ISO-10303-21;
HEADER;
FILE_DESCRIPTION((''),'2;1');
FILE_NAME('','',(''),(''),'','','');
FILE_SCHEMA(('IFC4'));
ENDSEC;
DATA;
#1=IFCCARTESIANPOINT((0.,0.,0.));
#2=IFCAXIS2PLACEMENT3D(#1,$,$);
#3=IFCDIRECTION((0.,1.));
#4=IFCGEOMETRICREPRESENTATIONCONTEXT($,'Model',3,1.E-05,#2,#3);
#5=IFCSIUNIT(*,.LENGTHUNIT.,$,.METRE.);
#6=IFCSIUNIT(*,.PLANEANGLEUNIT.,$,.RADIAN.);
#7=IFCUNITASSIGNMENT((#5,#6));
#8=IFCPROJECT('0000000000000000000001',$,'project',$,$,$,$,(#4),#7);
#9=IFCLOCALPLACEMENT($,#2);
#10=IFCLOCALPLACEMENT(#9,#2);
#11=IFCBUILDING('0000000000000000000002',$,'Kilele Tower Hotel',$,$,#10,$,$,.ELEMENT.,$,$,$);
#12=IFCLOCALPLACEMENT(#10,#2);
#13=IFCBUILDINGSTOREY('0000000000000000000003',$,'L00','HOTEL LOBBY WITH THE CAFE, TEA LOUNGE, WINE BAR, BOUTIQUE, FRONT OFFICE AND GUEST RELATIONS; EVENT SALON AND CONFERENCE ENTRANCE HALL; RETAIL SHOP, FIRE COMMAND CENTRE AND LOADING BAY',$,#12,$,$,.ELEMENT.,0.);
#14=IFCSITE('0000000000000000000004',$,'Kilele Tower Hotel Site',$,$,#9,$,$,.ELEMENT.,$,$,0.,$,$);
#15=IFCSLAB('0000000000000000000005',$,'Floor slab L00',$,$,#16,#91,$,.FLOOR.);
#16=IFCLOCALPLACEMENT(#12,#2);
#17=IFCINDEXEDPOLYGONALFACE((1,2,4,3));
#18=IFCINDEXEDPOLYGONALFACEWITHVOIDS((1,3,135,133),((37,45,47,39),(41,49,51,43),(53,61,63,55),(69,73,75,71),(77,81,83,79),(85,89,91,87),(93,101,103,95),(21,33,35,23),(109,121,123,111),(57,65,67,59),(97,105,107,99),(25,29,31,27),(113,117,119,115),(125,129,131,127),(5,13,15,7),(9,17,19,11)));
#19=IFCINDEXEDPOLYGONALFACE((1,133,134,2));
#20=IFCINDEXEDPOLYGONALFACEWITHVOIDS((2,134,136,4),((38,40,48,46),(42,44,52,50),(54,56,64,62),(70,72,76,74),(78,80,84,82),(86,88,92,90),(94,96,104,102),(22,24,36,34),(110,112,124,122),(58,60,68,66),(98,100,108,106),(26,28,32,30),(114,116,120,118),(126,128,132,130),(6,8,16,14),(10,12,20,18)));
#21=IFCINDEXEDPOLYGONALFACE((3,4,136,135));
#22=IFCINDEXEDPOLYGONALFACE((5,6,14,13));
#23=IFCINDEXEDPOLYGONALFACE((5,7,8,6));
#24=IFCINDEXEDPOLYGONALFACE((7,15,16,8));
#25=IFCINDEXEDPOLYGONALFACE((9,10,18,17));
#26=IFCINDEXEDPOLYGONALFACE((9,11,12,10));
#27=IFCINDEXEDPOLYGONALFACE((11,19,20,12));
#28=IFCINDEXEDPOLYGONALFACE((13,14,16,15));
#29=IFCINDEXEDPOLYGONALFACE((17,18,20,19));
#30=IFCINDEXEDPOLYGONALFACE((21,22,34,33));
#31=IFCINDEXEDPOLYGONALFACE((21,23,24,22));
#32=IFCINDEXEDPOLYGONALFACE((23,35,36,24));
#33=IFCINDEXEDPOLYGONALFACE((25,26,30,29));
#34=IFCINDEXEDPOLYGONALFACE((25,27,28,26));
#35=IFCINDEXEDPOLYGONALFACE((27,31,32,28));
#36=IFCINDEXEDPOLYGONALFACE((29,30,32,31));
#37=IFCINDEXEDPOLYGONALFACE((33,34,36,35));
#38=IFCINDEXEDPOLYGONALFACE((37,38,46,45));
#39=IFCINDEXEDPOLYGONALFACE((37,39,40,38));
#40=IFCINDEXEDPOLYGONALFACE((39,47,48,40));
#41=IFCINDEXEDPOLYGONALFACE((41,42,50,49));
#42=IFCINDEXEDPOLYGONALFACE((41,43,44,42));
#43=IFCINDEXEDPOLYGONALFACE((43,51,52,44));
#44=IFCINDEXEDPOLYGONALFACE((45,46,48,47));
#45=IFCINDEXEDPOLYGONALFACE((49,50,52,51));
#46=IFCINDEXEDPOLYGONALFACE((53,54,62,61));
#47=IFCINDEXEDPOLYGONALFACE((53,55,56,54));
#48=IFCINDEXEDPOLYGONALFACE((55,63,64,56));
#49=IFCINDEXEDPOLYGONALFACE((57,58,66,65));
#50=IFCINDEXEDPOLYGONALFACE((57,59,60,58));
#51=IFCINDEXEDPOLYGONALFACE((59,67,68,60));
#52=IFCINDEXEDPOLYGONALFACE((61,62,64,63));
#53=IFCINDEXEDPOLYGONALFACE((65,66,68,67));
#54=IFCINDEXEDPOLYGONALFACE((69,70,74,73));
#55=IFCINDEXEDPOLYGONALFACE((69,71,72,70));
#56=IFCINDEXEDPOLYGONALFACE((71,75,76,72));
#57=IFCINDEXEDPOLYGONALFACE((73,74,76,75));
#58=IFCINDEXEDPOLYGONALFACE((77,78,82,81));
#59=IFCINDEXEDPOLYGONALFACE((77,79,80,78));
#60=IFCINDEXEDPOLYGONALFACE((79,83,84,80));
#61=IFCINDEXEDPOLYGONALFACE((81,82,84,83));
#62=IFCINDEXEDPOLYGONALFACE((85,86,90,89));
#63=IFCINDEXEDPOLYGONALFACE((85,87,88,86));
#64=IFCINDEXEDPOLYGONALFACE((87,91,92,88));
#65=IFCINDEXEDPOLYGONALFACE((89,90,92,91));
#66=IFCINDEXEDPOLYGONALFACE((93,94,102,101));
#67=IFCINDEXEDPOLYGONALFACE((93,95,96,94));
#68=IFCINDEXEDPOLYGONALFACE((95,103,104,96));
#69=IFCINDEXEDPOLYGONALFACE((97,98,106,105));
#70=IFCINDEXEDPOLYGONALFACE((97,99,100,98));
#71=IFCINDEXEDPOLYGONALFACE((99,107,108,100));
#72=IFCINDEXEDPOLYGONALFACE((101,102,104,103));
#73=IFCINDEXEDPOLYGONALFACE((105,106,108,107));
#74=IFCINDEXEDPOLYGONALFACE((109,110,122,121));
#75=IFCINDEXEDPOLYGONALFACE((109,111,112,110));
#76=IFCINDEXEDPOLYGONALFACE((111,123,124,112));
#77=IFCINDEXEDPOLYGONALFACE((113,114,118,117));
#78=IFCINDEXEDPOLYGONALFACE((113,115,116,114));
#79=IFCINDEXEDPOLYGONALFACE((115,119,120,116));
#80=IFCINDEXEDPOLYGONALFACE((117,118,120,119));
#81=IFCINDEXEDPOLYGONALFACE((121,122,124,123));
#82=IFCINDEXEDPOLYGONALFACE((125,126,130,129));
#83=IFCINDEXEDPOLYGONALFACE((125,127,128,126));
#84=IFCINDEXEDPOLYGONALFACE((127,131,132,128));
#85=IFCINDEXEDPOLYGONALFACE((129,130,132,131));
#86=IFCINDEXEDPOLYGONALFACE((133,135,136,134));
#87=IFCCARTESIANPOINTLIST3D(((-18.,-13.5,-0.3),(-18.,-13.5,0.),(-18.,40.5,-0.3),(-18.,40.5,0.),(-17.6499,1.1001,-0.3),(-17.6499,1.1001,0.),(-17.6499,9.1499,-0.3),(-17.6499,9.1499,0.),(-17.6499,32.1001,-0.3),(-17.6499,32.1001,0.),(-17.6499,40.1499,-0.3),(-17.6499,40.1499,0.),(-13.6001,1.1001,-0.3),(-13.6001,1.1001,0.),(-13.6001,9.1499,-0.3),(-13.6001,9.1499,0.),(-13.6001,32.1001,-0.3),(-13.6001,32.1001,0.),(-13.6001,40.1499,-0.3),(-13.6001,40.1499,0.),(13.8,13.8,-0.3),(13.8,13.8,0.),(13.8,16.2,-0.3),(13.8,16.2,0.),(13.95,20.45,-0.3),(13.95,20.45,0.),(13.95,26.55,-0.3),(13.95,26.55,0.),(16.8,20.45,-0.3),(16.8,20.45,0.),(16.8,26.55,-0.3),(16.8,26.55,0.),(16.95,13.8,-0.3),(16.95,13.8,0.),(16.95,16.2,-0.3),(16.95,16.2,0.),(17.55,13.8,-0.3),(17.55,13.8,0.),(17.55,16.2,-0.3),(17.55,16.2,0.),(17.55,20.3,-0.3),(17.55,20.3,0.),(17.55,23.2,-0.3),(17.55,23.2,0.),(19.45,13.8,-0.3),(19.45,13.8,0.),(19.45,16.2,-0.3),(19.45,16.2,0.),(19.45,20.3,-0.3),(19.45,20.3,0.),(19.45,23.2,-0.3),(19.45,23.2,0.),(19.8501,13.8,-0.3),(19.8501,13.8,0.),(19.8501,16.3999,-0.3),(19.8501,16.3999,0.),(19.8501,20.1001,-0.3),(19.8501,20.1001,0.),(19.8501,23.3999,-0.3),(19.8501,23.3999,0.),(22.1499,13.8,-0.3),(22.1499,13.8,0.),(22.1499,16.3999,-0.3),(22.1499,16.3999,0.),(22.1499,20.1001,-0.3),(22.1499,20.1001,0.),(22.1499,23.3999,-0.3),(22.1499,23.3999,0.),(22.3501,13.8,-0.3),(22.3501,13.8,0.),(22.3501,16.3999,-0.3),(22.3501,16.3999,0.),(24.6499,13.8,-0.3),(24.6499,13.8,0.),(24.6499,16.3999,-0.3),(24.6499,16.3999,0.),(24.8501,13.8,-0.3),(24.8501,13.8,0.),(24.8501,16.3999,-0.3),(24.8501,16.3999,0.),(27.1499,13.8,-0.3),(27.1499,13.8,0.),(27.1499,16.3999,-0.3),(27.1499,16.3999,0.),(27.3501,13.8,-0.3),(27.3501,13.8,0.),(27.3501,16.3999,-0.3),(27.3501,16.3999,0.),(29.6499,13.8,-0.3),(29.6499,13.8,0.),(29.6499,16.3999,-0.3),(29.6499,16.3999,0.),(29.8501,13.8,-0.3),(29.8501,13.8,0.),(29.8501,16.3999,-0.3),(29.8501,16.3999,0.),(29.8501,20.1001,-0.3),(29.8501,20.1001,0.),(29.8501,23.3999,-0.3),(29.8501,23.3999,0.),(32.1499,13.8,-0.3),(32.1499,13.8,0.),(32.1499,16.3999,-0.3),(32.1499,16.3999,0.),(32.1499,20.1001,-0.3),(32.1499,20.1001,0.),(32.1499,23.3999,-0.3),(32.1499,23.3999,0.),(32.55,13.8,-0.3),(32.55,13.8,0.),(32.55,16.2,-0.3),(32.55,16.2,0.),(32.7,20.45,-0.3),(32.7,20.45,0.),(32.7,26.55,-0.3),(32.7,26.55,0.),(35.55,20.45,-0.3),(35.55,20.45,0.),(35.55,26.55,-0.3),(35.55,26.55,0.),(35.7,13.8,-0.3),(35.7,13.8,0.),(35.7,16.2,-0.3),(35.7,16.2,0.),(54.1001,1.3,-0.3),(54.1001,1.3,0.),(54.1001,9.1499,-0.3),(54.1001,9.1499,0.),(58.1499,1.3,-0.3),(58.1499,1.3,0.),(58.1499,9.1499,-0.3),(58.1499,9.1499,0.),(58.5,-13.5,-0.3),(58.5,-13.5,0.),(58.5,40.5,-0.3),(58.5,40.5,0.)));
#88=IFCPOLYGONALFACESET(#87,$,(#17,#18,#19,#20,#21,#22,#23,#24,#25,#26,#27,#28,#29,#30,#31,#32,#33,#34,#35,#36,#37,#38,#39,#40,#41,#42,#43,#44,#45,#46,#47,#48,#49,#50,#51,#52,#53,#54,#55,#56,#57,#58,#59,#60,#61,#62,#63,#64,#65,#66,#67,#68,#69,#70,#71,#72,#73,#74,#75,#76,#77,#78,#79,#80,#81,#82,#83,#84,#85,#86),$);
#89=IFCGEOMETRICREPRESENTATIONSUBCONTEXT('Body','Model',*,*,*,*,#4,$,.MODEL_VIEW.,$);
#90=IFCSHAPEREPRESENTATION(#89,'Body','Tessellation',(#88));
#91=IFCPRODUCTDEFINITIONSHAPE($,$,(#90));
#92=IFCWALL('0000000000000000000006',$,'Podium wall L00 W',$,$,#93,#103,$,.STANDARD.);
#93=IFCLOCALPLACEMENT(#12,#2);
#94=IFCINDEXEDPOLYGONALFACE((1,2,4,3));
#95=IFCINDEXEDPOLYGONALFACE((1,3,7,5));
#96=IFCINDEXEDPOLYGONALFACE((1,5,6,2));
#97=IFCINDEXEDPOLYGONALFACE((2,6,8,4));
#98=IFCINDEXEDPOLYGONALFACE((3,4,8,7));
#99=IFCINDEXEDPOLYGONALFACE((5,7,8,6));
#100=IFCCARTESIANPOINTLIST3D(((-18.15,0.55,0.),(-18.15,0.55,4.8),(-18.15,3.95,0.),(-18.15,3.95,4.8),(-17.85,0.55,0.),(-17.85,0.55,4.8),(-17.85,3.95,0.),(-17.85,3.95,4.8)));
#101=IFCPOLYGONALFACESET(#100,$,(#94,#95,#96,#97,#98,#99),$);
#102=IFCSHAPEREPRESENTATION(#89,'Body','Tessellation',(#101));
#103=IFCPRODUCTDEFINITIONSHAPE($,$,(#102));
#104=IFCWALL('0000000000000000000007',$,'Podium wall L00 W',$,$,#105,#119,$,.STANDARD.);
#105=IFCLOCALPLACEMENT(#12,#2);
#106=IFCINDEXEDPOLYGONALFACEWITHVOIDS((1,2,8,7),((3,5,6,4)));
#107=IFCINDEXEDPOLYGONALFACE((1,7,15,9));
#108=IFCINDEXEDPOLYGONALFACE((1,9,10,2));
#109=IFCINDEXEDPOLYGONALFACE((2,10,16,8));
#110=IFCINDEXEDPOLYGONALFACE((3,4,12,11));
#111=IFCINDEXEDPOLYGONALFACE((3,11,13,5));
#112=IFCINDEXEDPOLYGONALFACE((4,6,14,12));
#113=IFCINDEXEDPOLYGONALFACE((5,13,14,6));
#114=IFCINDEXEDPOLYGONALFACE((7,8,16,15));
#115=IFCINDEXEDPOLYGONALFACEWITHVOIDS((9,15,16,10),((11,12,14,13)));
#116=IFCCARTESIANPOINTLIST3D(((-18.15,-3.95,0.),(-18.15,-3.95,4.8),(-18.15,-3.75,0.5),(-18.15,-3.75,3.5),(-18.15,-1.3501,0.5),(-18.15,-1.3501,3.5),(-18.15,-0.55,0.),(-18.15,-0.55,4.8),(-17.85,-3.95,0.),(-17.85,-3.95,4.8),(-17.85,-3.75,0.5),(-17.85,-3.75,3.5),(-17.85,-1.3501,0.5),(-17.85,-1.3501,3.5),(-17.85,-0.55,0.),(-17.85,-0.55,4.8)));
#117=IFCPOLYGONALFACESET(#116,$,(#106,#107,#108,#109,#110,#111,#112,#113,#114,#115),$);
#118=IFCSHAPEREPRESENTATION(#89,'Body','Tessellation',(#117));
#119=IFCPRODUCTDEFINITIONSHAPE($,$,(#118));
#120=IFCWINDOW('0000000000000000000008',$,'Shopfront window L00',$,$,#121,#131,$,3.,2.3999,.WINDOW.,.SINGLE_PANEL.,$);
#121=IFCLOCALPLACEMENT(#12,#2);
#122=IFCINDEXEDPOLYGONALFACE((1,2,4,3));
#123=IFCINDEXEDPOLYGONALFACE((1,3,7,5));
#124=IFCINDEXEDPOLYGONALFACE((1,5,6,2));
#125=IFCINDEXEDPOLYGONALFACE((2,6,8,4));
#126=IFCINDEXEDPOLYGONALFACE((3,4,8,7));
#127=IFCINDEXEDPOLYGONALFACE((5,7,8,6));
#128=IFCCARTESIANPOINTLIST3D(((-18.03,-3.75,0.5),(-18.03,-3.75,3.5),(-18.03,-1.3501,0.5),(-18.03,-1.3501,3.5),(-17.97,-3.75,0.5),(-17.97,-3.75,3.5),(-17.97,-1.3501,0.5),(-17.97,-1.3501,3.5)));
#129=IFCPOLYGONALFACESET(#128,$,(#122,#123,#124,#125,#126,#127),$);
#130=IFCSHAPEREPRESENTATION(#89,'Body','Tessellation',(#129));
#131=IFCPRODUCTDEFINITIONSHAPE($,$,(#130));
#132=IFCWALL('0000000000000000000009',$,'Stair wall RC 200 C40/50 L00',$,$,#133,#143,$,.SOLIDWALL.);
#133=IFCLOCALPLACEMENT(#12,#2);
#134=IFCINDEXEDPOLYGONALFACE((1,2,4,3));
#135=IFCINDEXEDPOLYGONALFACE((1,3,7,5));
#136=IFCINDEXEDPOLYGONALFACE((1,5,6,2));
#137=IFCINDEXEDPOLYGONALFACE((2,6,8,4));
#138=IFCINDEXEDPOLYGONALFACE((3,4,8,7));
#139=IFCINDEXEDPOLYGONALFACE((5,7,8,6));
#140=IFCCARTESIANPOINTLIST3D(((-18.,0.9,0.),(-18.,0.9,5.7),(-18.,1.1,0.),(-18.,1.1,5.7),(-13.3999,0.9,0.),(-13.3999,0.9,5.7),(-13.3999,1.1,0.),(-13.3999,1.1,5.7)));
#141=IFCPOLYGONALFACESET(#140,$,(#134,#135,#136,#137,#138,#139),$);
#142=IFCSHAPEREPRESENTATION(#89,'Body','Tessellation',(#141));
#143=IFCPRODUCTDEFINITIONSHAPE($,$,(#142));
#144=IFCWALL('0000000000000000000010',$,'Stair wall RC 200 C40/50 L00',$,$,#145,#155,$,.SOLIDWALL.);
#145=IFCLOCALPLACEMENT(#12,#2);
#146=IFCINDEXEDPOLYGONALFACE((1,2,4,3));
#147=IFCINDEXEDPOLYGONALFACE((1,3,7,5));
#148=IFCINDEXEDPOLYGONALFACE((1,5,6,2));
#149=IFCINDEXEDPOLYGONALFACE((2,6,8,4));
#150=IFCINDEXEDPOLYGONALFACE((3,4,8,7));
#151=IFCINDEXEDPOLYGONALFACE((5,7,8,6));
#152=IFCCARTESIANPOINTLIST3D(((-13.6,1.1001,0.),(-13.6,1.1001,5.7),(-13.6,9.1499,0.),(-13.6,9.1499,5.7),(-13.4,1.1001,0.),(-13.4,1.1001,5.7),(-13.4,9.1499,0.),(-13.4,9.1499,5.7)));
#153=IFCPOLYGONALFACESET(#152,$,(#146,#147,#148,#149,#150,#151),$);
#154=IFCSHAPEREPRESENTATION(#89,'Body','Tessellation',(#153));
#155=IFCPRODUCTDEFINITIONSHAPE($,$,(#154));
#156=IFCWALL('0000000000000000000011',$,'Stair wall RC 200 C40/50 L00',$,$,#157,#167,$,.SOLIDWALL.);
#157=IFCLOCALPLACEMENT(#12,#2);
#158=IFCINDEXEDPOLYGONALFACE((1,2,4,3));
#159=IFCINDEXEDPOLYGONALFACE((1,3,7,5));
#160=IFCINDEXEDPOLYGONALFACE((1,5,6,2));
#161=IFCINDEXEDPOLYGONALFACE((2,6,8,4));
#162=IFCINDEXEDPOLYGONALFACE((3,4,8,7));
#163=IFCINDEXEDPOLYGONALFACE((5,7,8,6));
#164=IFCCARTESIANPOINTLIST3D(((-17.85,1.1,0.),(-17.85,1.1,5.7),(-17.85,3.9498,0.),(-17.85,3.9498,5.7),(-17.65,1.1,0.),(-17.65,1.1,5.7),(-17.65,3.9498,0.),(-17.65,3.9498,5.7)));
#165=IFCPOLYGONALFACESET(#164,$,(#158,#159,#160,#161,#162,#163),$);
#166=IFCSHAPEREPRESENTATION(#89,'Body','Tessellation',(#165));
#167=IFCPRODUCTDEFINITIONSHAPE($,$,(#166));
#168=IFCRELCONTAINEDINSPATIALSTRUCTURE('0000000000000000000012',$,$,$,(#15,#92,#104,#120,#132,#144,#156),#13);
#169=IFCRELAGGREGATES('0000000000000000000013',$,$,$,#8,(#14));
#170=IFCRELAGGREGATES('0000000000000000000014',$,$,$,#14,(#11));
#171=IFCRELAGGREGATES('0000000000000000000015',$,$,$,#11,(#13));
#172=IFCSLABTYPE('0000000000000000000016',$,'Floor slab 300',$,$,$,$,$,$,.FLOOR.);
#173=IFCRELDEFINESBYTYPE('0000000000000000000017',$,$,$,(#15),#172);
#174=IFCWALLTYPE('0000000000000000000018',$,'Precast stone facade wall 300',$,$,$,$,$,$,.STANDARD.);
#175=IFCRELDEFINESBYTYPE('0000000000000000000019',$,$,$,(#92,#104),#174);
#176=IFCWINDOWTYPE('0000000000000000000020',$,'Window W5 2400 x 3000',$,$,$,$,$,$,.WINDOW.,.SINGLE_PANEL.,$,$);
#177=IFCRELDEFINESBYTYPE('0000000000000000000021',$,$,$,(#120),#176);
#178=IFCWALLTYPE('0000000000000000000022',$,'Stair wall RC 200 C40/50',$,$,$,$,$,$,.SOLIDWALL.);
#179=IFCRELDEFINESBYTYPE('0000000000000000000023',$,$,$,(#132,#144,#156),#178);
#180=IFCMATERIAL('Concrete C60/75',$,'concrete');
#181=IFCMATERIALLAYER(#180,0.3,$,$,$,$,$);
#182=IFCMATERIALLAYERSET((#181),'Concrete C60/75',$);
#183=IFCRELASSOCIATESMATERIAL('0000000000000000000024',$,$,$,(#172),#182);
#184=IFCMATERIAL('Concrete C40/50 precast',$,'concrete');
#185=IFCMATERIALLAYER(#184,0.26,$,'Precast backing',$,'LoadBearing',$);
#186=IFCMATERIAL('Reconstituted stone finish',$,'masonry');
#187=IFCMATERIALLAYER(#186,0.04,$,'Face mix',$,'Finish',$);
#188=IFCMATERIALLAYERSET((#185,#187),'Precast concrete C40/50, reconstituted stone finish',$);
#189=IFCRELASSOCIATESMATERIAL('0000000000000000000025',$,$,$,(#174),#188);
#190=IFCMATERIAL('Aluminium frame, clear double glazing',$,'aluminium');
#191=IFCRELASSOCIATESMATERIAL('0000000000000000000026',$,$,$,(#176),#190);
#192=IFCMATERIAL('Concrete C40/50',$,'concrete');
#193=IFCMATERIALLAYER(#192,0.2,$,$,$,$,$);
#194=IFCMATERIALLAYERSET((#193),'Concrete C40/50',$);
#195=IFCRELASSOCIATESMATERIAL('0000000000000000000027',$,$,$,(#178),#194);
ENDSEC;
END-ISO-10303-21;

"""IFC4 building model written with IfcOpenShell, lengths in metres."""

from ifc_helpers import new_model, si_unit, direction, frame, frame_2d, origin, place, context, subcontext, project, spatial, polyline, rectangle, outline, extrude, material, layer, layer_set, type_object, element, fill, save


model = new_model("IFC4")

# Units and contexts
model_context = context("Model", 3, precision=1e-05, world=origin(), true_north=direction((0.0, 1.0)))
body_context = subcontext(model_context, "Body", "Model", "MODEL_VIEW")
ifc_project = project(units=[si_unit("LENGTHUNIT", "METRE"), si_unit("PLANEANGLEUNIT", "RADIAN")], contexts=[model_context])

# Site, building, storey
site_placement = place(None, origin())
site = spatial("IfcSite", under=ifc_project, at=site_placement, Name="Kilele Tower Hotel Site", CompositionType="ELEMENT", RefElevation=0.0)
building_placement = place(site_placement, origin())
building = spatial("IfcBuilding", under=site, at=building_placement, Name="Kilele Tower Hotel", CompositionType="ELEMENT")
storey_placement = place(building_placement, origin())
storey = spatial("IfcBuildingStorey", under=building, at=storey_placement, Name="L00", Description="HOTEL LOBBY WITH THE CAFE, TEA LOUNGE, WINE BAR, BOUTIQUE, FRONT OFFICE AND GUEST RELATIONS; EVENT SALON AND CONFERENCE ENTRANCE HALL; RETAIL SHOP, FIRE COMMAND CENTRE AND LOADING BAY", CompositionType="ELEMENT", Elevation=0.0)

# Slab
ifc_material_1 = material(Name="Concrete C60/75", Category="concrete")
ifc_layer_1 = layer(ifc_material_1, 0.3)
ifc_layer_set_1 = layer_set([ifc_layer_1], Name="Concrete C60/75")
slab_type = type_object("IfcSlabType", Name="Floor slab 300", PredefinedType="FLOOR", material=ifc_layer_set_1)
slab_placement = place(storey_placement, frame((0.0, 0.0, -0.3)))
element("IfcSlab", 1, at=slab_placement, inside=storey, type_object=slab_type, Name="Floor slab L00", PredefinedType="FLOOR", context=body_context, shape_type="SweptSolid", body=[
    extrude(outline(polyline([(-18.0, -13.5), (-18.0, 40.5), (58.5, 40.5), (58.5, -13.5), (-18.0, -13.5)]), holes=[polyline([(-13.6001, 1.1001), (-13.6001, 9.1499), (-17.6499, 9.1499), (-17.6499, 1.1001), (-13.6001, 1.1001)]), polyline([(16.95, 13.8), (16.95, 16.2), (13.8, 16.2), (13.8, 13.8), (16.95, 13.8)]), polyline([(19.45, 13.8), (19.45, 16.2), (17.55, 16.2), (17.55, 13.8), (19.45, 13.8)]), polyline([(22.1499, 13.8), (22.1499, 16.3999), (19.8501, 16.3999), (19.8501, 13.8), (22.1499, 13.8)]), polyline([(19.45, 20.3), (19.45, 23.2), (17.55, 23.2), (17.55, 20.3), (19.45, 20.3)]), polyline([(22.1499, 20.1001), (22.1499, 23.3999), (19.8501, 23.3999), (19.8501, 20.1001), (22.1499, 20.1001)]), polyline([(16.8, 20.45), (16.8, 26.55), (13.95, 26.55), (13.95, 20.45), (16.8, 20.45)]), polyline([(-13.6001, 32.1001), (-13.6001, 40.1499), (-17.6499, 40.1499), (-17.6499, 32.1001), (-13.6001, 32.1001)]), polyline([(58.1499, 1.3), (58.1499, 9.1499), (54.1001, 9.1499), (54.1001, 1.3), (58.1499, 1.3)]), polyline([(35.7, 13.8), (35.7, 16.2), (32.55, 16.2), (32.55, 13.8), (35.7, 13.8)]), polyline([(24.6499, 13.8), (24.6499, 16.3999), (22.3501, 16.3999), (22.3501, 13.8), (24.6499, 13.8)]), polyline([(27.1499, 13.8), (27.1499, 16.3999), (24.8501, 16.3999), (24.8501, 13.8), (27.1499, 13.8)]), polyline([(29.6499, 13.8), (29.6499, 16.3999), (27.3501, 16.3999), (27.3501, 13.8), (29.6499, 13.8)]), polyline([(32.1499, 13.8), (32.1499, 16.3999), (29.8501, 16.3999), (29.8501, 13.8), (32.1499, 13.8)]), polyline([(32.1499, 20.1001), (32.1499, 23.3999), (29.8501, 23.3999), (29.8501, 20.1001), (32.1499, 20.1001)]), polyline([(35.55, 20.45), (35.55, 26.55), (32.7, 26.55), (32.7, 20.45), (35.55, 20.45)])]), origin(), (0.0, 0.0, 1.0), 0.3),
])

# Wall
ifc_material_2 = material(Name="Concrete C40/50 precast", Category="concrete")
ifc_layer_2 = layer(ifc_material_2, 0.26, Name="Precast backing", Category="LoadBearing")
ifc_material_3 = material(Name="Reconstituted stone finish", Category="masonry")
ifc_layer_3 = layer(ifc_material_3, 0.04, Name="Face mix", Category="Finish")
ifc_layer_set_2 = layer_set([ifc_layer_2, ifc_layer_3], Name="Precast concrete C40/50, reconstituted stone finish")
wall_type_1 = type_object("IfcWallType", Name="Precast stone facade wall 300", PredefinedType="STANDARD", material=ifc_layer_set_2)
wall_1_placement = place(storey_placement, frame((-18.0, 3.95, 0.0), z_axis=(0.0, 0.0, 1.0), x_axis=(0.0, -1.0, 0.0)))
element("IfcWall", 2, at=wall_1_placement, inside=storey, type_object=wall_type_1, Name="Podium wall L00 W", PredefinedType="STANDARD", context=body_context, shape_type="SweptSolid", body=[
    extrude(rectangle(XDim=3.3999, YDim=0.3, at=frame_2d((1.7, 0.0))), origin(), (0.0, 0.0, 1.0), 4.8),
])

# Wall, opening, window
wall_2_placement = place(storey_placement, frame((-18.0, -0.55, 0.0), z_axis=(0.0, 0.0, 1.0), x_axis=(0.0, -1.0, 0.0)))
wall_2 = element("IfcWall", 3, at=wall_2_placement, inside=storey, type_object=wall_type_1, Name="Podium wall L00 W", PredefinedType="STANDARD", context=body_context, shape_type="SweptSolid", body=[
    extrude(rectangle(XDim=3.3999, YDim=0.3, at=frame_2d((1.7, 0.0))), origin(), (0.0, 0.0, 1.0), 4.8),
])
opening_1_placement = place(wall_2_placement, frame((0.8, 0.0, 0.5)))
opening_1 = element("IfcOpeningElement", 4, at=opening_1_placement, cuts=wall_2, PredefinedType="OPENING", context=body_context, shape_type="SweptSolid", body=[
    extrude(rectangle(XDim=2.3999, YDim=3.0, at=frame_2d((1.2, 1.5))), frame((0.0, 0.1599, 0.0), z_axis=(0.0, -1.0, 0.0), x_axis=(1.0, 0.0, 0.0)), (0.0, 0.0, 1.0), 0.3201),
])
ifc_material_4 = material(Name="Aluminium frame, clear double glazing", Category="aluminium")
window_type = type_object("IfcWindowType", Name="Window W5 2400 x 3000", PartitioningType="SINGLE_PANEL", PredefinedType="WINDOW", material=ifc_material_4)
window_placement = place(opening_1_placement, origin())
window = element("IfcWindow", 5, at=window_placement, inside=storey, type_object=window_type, Name="Shopfront window L00", OverallHeight=3.0, OverallWidth=2.3999, PartitioningType="SINGLE_PANEL", PredefinedType="WINDOW", context=body_context, shape_type="SweptSolid", body=[
    extrude(rectangle(XDim=2.3999, YDim=3.0, at=frame_2d((1.2, 1.5))), frame((0.0, 0.03, 0.0), z_axis=(0.0, -1.0, 0.0), x_axis=(1.0, 0.0, 0.0)), (0.0, 0.0, 1.0), 0.0601),
])
fill(opening_1, window)

# Walls
ifc_material_5 = material(Name="Concrete C40/50", Category="concrete")
ifc_layer_4 = layer(ifc_material_5, 0.2)
ifc_layer_set_3 = layer_set([ifc_layer_4], Name="Concrete C40/50")
wall_type_2 = type_object("IfcWallType", Name="Stair wall RC 200 C40/50", PredefinedType="SOLIDWALL", material=ifc_layer_set_3)
wall_3_placement = place(storey_placement, frame((-18.0, 1.0, 0.0), z_axis=(0.0, 0.0, 1.0), x_axis=(1.0, 0.0, 0.0)))
element("IfcWall", 6, at=wall_3_placement, inside=storey, type_object=wall_type_2, Name="Stair wall RC 200 C40/50 L00", PredefinedType="SOLIDWALL", context=body_context, shape_type="SweptSolid", body=[
    extrude(rectangle(XDim=4.6001, YDim=0.2, at=frame_2d((2.3, 0.0))), origin(), (0.0, 0.0, 1.0), 5.7),
])
wall_4_placement = place(storey_placement, frame((-13.5, 1.1001, 0.0), z_axis=(0.0, 0.0, 1.0), x_axis=(0.0, 1.0, 0.0)))
element("IfcWall", 7, at=wall_4_placement, inside=storey, type_object=wall_type_2, Name="Stair wall RC 200 C40/50 L00", PredefinedType="SOLIDWALL", context=body_context, shape_type="SweptSolid", body=[
    extrude(rectangle(XDim=8.0498, YDim=0.2, at=frame_2d((4.0249, 0.0))), origin(), (0.0, 0.0, 1.0), 5.7),
])
wall_5_placement = place(storey_placement, frame((-17.75, 1.1001, 0.0), z_axis=(0.0, 0.0, 1.0), x_axis=(0.0, 1.0, 0.0)))
element("IfcWall", 8, at=wall_5_placement, inside=storey, type_object=wall_type_2, Name="Stair wall RC 200 C40/50 L00", PredefinedType="SOLIDWALL", context=body_context, shape_type="SweptSolid", body=[
    extrude(rectangle(XDim=2.8499, YDim=0.2, at=frame_2d((1.4248, 0.0))), origin(), (0.0, 0.0, 1.0), 5.7),
])

save(model, "model.ifc")
